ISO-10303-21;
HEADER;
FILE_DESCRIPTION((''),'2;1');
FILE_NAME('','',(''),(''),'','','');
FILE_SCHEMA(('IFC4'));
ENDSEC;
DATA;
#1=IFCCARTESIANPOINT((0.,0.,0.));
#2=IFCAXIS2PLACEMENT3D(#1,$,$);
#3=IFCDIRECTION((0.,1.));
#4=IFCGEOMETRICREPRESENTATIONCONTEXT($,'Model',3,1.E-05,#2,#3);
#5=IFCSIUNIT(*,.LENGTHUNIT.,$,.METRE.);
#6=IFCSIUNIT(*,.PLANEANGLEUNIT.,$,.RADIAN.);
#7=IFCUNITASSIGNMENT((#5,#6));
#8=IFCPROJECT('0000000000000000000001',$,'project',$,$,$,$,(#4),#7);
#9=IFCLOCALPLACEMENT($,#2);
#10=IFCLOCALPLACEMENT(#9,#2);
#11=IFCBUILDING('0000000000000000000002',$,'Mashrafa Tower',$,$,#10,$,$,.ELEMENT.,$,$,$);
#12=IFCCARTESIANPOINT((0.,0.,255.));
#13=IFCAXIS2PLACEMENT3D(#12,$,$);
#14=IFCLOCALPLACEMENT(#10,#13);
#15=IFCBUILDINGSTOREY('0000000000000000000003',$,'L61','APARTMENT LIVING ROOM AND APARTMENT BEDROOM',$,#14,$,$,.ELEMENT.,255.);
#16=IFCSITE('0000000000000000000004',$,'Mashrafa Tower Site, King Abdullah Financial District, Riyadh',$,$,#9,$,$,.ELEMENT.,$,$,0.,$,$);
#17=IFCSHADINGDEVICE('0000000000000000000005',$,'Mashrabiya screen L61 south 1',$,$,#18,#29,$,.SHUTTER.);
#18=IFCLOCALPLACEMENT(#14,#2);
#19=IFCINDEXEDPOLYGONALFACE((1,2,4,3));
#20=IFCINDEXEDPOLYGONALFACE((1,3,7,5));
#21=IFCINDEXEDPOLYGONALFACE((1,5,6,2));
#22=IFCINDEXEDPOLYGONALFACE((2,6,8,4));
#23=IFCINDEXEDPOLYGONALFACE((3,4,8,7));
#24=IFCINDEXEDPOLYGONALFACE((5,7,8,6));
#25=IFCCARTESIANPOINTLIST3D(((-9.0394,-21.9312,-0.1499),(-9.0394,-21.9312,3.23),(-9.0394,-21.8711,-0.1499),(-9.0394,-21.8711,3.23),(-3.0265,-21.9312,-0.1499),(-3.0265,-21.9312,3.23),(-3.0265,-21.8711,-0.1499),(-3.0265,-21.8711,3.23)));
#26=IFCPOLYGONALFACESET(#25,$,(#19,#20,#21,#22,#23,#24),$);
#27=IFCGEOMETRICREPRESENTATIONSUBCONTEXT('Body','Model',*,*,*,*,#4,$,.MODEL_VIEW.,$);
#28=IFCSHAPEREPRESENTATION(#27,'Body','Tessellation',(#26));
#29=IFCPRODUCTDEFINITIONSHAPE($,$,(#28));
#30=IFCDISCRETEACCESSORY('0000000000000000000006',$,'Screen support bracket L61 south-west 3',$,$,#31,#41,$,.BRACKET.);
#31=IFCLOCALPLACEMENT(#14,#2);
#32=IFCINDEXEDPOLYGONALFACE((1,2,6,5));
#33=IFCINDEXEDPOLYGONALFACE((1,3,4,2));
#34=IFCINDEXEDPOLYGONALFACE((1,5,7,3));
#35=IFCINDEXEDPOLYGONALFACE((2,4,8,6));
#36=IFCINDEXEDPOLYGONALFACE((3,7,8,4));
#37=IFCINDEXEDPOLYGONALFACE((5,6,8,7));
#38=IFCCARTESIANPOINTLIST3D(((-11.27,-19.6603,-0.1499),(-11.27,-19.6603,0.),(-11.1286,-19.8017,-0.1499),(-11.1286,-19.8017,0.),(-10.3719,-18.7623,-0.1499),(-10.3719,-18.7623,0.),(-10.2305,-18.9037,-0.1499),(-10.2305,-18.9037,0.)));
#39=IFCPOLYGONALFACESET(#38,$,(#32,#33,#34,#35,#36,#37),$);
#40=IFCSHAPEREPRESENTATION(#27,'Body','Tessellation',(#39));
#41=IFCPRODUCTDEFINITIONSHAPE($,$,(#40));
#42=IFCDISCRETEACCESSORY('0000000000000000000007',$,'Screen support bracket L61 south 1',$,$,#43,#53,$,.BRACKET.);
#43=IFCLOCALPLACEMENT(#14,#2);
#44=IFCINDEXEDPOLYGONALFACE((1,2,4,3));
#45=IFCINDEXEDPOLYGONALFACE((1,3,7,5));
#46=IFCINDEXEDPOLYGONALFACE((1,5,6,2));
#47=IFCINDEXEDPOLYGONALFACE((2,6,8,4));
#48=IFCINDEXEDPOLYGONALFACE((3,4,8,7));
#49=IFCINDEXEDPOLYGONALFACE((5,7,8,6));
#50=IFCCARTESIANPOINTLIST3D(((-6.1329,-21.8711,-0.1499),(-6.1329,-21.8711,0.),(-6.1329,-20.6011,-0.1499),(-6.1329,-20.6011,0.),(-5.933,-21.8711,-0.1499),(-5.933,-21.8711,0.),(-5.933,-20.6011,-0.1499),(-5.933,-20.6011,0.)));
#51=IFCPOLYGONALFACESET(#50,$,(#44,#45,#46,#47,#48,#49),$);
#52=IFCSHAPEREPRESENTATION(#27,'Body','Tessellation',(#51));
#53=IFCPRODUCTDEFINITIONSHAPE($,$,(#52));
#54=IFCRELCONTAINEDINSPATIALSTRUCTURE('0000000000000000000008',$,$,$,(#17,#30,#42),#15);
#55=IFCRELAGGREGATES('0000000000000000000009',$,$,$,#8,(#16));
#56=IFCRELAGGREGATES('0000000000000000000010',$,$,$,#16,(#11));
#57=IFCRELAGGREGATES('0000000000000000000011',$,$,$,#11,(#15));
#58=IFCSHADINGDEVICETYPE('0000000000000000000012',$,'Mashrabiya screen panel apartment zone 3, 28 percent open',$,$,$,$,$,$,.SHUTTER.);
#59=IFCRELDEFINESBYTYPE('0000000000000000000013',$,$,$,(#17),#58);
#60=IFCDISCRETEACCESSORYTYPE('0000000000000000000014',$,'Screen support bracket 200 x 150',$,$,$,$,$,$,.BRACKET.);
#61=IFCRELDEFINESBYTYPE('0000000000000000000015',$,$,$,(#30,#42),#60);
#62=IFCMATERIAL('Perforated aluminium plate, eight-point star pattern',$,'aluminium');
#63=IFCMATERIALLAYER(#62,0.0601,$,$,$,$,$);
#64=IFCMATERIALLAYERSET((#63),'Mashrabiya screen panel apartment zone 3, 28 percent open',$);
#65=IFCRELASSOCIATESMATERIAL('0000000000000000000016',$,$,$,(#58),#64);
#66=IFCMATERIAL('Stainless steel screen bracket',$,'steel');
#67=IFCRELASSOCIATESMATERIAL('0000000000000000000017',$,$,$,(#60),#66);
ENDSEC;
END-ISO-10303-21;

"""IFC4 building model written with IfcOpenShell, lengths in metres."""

from ifc_helpers import new_model, si_unit, direction, frame, origin, origin_2d, place, context, subcontext, project, spatial, rectangle, extrude, source, transform, mapped, material, layer, layer_set, type_object, type_shapes, element, save


model = new_model("IFC4")

# Units and contexts
model_context = context("Model", 3, precision=1e-05, world=origin(), true_north=direction((0.0, 1.0)))
body_context = subcontext(model_context, "Body", "Model", "MODEL_VIEW")
ifc_project = project(units=[si_unit("LENGTHUNIT", "METRE"), si_unit("PLANEANGLEUNIT", "RADIAN")], contexts=[model_context])

# Site, building, storey
site_placement = place(None, origin())
site = spatial("IfcSite", under=ifc_project, at=site_placement, Name="Mashrafa Tower Site, King Abdullah Financial District, Riyadh", CompositionType="ELEMENT", RefElevation=0.0)
building_placement = place(site_placement, origin())
building = spatial("IfcBuilding", under=site, at=building_placement, Name="Mashrafa Tower", CompositionType="ELEMENT")
storey_placement = place(building_placement, frame((0.0, 0.0, 255.0)))
storey = spatial("IfcBuildingStorey", under=building, at=storey_placement, Name="L61", Description="APARTMENT LIVING ROOM AND APARTMENT BEDROOM", CompositionType="ELEMENT", Elevation=255.0)

# Shading device
ifc_material_1 = material(Name="Perforated aluminium plate, eight-point star pattern", Category="aluminium")
ifc_layer_1 = layer(ifc_material_1, 0.0601)
ifc_layer_set_1 = layer_set([ifc_layer_1], Name="Mashrabiya screen panel apartment zone 3, 28 percent open")
shading_device_type = type_object("IfcShadingDeviceType", Name="Mashrabiya screen panel apartment zone 3, 28 percent open", PredefinedType="SHUTTER", material=ifc_layer_set_1)
shared_shape_1 = source(origin(), body_context, "Body", "SweptSolid", [
    extrude(rectangle(XDim=6.0129, YDim=0.0601, at=origin_2d()), origin(), (0.0, 0.0, 1.0), 3.3799),
])
type_shapes(shading_device_type, [shared_shape_1])
for number, where, z_axis, x_axis, name in (
    (1, (-6.033, -21.9011, -0.1499), (0.0, 0.0, 1.0), (1.0, 0.0, 0.0), "Mashrabiya screen L61 south 1"),
):
    element("IfcShadingDevice", number, at=place(storey_placement, frame(where, z_axis=z_axis, x_axis=x_axis)), inside=storey, type_object=shading_device_type, Name=name, PredefinedType="SHUTTER", context=body_context, shape_type="MappedRepresentation", body=[
        mapped(shared_shape_1, transform((0.0, 0.0, 0.0))),
    ])

# Discrete accessories
ifc_material_2 = material(Name="Stainless steel screen bracket", Category="steel")
discrete_accessory_type = type_object("IfcDiscreteAccessoryType", Name="Screen support bracket 200 x 150", PredefinedType="BRACKET", material=ifc_material_2)
shared_shape_2 = source(origin(), body_context, "Body", "SweptSolid", [
    extrude(rectangle(XDim=0.2, YDim=1.27, at=origin_2d()), origin(), (0.0, 0.0, 1.0), 0.1499),
])
type_shapes(discrete_accessory_type, [shared_shape_2])
for number, where, z_axis, x_axis, name in (
    (2, (-10.7502, -19.282, -0.1499), (0.0, 0.0, 1.0), (0.707107, -0.707107, 0.0), "Screen support bracket L61 south-west 3"),
    (3, (-6.033, -21.2361, -0.1499), (0.0, 0.0, 1.0), (1.0, 0.0, 0.0), "Screen support bracket L61 south 1"),
):
    element("IfcDiscreteAccessory", number, at=place(storey_placement, frame(where, z_axis=z_axis, x_axis=x_axis)), inside=storey, type_object=discrete_accessory_type, Name=name, PredefinedType="BRACKET", context=body_context, shape_type="MappedRepresentation", body=[
        mapped(shared_shape_2, transform((0.0, 0.0, 0.0))),
    ])

save(model, "model.ifc")
